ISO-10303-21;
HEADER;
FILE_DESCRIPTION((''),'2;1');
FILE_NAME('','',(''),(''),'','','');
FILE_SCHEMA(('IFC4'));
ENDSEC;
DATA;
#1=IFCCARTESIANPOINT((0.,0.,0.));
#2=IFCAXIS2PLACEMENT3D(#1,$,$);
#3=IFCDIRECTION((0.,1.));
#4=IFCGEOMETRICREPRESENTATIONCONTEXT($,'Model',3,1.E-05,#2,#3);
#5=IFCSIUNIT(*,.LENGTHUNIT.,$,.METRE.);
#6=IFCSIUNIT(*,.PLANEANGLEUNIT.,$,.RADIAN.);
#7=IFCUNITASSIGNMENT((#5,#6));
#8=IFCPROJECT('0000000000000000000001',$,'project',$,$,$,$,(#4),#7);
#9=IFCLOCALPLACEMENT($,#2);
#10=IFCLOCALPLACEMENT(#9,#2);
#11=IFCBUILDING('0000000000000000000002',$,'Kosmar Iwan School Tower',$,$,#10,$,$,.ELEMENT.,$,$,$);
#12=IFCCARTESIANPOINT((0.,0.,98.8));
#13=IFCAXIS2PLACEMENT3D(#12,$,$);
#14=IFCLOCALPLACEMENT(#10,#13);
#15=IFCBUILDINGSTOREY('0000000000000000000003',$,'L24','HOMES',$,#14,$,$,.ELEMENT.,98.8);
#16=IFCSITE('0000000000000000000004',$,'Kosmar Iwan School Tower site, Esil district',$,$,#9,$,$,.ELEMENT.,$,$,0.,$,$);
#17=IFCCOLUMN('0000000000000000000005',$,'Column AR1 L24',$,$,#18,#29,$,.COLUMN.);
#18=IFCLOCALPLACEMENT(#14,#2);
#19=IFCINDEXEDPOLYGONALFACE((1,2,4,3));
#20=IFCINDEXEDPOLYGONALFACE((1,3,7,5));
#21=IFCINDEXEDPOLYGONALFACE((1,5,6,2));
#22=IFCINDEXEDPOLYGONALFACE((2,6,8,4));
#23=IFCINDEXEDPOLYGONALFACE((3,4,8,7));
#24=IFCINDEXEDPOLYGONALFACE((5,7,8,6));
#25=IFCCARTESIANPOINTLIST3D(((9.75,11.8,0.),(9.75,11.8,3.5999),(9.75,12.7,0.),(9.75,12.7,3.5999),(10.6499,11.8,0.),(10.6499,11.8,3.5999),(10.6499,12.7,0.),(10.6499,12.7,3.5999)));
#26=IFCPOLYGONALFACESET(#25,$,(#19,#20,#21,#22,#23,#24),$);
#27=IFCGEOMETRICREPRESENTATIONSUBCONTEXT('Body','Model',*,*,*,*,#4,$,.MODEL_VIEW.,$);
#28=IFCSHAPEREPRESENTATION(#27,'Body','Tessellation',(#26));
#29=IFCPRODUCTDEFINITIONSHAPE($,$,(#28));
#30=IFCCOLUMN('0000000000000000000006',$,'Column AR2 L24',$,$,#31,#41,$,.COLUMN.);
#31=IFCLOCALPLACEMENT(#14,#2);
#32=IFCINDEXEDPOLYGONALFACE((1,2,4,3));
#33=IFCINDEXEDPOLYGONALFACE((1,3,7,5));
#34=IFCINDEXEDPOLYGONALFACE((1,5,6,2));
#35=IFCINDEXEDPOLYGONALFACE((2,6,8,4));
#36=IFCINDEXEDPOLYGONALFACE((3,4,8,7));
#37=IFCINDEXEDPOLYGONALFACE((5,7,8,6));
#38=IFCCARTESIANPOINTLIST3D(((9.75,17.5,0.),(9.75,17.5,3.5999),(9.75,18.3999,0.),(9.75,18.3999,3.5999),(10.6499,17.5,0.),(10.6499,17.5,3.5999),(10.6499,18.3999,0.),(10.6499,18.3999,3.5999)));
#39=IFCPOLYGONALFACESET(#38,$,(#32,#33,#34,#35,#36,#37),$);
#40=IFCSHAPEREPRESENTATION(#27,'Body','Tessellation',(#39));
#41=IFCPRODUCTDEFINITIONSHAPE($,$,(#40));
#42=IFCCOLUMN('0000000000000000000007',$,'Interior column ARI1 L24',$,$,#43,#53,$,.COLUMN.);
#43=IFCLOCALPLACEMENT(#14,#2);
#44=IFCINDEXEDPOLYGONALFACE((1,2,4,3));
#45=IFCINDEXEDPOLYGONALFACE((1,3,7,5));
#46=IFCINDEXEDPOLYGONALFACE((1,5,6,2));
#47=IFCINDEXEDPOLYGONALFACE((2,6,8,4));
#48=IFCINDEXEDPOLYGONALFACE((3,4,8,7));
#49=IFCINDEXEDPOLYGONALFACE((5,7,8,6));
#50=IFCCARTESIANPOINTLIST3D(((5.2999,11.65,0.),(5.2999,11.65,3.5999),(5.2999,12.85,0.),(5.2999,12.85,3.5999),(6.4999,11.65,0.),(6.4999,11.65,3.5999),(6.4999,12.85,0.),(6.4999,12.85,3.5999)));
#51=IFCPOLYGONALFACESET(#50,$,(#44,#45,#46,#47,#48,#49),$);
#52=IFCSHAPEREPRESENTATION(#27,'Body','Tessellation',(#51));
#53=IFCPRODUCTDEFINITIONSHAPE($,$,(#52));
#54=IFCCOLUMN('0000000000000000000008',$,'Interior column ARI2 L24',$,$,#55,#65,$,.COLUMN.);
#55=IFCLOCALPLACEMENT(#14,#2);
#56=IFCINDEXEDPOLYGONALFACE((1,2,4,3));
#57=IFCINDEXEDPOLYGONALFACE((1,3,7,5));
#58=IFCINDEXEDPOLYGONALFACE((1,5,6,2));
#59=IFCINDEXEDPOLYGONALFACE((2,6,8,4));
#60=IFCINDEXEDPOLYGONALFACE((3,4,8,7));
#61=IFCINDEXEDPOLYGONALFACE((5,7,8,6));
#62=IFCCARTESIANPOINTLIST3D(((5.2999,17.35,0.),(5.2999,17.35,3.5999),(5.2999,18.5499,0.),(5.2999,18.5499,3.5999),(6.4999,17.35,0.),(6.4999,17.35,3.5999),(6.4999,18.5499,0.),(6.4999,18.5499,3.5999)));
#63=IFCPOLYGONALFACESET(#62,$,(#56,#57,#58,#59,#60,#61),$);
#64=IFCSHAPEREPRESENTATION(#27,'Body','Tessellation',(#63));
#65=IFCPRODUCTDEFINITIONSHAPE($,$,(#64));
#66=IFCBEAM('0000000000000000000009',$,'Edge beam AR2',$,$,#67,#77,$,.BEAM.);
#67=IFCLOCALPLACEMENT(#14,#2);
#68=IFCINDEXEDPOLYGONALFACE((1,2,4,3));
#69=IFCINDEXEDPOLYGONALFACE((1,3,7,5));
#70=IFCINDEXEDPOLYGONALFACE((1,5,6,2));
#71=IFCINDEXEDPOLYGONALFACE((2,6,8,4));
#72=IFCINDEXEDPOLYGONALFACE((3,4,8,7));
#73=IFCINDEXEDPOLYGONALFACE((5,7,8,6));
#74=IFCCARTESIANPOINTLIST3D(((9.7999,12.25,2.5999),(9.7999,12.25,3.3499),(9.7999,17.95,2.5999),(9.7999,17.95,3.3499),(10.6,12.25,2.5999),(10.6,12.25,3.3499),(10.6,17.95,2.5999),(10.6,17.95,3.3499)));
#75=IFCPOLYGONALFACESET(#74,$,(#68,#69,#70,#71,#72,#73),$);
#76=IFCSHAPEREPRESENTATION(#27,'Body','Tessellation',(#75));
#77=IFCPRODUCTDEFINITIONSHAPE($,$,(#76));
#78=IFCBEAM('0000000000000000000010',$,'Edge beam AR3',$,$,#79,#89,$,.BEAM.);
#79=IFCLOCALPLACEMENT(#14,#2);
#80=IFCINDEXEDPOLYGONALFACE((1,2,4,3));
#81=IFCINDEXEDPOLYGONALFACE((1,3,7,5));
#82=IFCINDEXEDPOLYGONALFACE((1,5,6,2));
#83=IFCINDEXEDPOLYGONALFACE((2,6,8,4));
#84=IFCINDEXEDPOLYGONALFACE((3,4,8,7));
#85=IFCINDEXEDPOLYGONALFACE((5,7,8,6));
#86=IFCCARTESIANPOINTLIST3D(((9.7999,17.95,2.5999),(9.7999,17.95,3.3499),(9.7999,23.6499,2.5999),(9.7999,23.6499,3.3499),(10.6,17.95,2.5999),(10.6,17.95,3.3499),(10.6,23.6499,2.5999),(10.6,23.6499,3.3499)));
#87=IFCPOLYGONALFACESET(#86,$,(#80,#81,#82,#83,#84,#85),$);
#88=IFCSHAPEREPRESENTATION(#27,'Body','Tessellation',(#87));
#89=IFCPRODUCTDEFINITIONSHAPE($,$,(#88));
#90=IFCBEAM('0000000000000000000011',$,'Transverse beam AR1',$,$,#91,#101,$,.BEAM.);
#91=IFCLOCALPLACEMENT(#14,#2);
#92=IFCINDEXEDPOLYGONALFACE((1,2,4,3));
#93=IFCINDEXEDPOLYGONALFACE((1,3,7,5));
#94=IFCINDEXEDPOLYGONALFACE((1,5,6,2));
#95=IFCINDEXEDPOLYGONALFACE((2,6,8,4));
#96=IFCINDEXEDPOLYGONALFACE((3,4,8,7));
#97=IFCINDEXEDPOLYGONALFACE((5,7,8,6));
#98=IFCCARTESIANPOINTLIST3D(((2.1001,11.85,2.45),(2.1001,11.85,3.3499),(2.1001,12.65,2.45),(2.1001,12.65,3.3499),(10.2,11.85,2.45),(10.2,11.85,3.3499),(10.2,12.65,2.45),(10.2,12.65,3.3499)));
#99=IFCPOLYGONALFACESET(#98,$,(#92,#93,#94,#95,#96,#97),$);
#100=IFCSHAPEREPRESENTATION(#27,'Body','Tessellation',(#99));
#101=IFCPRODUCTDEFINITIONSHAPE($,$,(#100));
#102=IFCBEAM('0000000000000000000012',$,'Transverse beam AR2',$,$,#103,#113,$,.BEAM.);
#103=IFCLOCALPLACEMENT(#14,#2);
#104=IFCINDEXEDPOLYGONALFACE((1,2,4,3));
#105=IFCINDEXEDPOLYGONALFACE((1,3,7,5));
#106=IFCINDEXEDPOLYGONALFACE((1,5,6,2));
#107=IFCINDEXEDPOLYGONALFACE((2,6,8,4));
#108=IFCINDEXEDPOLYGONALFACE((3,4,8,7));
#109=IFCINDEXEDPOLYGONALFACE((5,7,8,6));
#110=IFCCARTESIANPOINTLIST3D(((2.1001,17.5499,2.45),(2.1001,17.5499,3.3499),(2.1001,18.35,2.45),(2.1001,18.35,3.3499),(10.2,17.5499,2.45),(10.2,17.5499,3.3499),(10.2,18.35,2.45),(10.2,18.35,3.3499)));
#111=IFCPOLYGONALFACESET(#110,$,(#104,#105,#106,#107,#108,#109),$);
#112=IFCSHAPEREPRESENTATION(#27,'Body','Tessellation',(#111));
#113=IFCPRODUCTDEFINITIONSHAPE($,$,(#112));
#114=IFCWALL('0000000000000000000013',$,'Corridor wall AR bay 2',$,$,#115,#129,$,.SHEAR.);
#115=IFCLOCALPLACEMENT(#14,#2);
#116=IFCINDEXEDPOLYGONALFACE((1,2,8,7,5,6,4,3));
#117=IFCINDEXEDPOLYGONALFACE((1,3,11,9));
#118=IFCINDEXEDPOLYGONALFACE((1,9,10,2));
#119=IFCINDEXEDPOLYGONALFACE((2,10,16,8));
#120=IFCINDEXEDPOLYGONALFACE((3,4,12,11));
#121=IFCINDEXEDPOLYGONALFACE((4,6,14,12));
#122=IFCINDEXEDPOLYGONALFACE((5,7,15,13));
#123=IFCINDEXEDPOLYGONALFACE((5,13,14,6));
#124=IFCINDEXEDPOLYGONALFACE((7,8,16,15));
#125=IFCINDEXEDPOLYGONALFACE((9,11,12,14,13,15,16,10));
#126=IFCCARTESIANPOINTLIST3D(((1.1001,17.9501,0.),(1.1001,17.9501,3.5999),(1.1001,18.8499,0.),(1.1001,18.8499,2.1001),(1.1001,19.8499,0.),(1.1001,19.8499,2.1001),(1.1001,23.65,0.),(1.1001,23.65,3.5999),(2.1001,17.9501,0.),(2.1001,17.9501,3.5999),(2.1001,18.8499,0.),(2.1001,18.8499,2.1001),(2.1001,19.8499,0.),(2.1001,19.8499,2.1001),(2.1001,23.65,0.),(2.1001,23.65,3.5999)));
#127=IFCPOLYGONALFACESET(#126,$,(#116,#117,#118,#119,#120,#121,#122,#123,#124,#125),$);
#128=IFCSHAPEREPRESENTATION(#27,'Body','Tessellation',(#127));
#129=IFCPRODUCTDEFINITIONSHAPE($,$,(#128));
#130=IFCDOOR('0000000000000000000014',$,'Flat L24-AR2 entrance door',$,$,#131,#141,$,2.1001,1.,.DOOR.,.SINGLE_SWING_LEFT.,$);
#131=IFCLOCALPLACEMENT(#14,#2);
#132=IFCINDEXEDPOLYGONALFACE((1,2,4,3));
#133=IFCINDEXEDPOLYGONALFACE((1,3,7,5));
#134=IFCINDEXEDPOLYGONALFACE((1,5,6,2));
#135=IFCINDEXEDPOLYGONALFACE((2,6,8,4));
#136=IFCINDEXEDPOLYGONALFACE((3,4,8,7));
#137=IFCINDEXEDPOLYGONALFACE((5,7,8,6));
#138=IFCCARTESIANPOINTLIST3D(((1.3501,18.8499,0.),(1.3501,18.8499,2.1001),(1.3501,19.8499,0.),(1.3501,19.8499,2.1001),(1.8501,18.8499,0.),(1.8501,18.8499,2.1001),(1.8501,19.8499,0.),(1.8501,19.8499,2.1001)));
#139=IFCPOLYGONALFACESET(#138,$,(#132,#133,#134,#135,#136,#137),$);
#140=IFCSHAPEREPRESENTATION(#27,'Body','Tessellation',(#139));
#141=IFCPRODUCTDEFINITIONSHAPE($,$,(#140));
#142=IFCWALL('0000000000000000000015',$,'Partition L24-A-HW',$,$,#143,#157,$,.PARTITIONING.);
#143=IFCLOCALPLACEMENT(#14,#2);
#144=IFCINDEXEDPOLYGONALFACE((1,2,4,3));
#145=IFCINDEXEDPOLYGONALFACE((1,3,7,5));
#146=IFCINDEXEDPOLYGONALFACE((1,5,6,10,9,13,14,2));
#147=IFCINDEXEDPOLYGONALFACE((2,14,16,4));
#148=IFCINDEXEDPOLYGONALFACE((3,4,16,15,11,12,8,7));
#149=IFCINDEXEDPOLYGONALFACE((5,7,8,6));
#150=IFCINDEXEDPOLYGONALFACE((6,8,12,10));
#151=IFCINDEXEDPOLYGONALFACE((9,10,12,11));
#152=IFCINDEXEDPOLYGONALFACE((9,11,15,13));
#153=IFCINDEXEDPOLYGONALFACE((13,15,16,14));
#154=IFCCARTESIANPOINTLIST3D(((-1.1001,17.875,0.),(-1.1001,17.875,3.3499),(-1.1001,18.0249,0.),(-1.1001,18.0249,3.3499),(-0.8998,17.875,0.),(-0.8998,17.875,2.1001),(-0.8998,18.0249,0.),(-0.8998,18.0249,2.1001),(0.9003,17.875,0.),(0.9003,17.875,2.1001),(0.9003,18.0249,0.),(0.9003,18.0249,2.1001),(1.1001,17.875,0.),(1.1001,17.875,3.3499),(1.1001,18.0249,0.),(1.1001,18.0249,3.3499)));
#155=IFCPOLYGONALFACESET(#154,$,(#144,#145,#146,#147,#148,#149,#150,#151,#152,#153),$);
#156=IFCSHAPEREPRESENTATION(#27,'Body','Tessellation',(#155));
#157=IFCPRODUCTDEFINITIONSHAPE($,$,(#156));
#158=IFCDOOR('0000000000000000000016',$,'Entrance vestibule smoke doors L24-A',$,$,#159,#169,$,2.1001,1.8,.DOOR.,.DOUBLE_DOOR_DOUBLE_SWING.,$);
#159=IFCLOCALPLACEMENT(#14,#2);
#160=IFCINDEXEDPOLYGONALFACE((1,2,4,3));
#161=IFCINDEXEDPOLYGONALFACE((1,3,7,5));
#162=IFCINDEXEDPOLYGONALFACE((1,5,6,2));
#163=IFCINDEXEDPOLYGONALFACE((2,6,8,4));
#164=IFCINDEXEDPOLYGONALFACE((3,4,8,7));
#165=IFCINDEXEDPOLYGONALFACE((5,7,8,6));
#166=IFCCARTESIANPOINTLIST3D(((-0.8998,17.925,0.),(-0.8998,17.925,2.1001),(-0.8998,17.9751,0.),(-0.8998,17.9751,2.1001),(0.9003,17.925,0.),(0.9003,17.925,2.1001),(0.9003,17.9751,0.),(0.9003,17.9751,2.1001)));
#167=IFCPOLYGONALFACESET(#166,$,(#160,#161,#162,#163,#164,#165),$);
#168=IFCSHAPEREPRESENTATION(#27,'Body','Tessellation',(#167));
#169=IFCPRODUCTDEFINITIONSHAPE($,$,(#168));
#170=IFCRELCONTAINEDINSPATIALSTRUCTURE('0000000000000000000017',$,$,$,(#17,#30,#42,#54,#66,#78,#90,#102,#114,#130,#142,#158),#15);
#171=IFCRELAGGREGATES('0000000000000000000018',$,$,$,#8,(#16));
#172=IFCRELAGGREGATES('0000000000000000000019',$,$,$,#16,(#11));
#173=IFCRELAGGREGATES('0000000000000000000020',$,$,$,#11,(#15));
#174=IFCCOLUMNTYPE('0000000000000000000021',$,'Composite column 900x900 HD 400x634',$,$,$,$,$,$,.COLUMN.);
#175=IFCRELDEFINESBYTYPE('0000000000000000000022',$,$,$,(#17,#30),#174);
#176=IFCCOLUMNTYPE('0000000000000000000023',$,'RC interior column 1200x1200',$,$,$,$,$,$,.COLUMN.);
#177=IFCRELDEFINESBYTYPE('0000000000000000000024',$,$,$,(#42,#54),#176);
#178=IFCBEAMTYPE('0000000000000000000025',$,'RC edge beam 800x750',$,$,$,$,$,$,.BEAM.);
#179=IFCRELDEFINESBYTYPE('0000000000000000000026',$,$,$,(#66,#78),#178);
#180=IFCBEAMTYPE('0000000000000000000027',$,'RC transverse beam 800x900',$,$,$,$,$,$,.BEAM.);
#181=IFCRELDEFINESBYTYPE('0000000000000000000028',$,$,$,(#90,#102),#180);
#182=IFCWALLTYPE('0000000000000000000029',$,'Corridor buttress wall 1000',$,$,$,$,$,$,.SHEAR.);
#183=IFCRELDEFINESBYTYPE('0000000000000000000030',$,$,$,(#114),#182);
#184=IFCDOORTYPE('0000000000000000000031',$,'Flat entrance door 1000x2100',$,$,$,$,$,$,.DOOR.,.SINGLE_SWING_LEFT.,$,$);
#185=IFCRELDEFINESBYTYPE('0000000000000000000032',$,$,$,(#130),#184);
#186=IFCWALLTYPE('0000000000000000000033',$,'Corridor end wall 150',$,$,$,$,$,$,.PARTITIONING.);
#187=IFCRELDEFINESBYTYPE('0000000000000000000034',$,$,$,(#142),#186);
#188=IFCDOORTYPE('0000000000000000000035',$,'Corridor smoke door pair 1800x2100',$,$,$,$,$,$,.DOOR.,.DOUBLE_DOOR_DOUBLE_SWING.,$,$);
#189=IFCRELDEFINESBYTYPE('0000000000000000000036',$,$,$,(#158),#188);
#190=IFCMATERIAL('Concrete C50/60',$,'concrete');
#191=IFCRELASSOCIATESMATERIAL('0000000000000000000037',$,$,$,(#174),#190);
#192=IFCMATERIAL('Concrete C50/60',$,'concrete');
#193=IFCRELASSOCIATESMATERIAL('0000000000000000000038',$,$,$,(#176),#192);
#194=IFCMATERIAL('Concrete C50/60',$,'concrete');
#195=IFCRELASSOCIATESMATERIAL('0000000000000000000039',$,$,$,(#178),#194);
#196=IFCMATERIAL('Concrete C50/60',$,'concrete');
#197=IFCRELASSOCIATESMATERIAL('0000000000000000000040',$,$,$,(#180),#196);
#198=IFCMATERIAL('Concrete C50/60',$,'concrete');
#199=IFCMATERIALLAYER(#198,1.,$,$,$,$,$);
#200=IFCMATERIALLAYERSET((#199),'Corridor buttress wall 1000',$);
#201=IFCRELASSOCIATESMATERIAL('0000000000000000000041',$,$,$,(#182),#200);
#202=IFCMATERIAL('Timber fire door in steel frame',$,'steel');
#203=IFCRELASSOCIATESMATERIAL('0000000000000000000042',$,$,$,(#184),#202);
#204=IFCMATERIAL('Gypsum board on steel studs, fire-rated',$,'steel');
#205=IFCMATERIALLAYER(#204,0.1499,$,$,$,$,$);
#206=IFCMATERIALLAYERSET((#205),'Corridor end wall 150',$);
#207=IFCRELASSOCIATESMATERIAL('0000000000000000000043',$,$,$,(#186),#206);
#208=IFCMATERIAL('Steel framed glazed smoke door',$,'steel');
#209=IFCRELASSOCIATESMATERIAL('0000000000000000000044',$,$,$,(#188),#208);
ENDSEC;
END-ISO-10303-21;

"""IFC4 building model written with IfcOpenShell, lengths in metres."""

from ifc_helpers import new_model, si_unit, direction, frame, frame_2d, origin, origin_2d, place, context, subcontext, project, spatial, rectangle, extrude, material, layer, layer_set, material_profile, profile_set, type_object, element, fill, save


model = new_model("IFC4")

# Units and contexts
model_context = context("Model", 3, precision=1e-05, world=origin(), true_north=direction((0.0, 1.0)))
body_context = subcontext(model_context, "Body", "Model", "MODEL_VIEW")
ifc_project = project(units=[si_unit("LENGTHUNIT", "METRE"), si_unit("PLANEANGLEUNIT", "RADIAN")], contexts=[model_context])

# Site, building, storey
site_placement = place(None, origin())
site = spatial("IfcSite", under=ifc_project, at=site_placement, Name="Kosmar Iwan School Tower site, Esil district", CompositionType="ELEMENT", RefElevation=0.0)
building_placement = place(site_placement, origin())
building = spatial("IfcBuilding", under=site, at=building_placement, Name="Kosmar Iwan School Tower", CompositionType="ELEMENT")
storey_placement = place(building_placement, frame((0.0, 0.0, 98.8)))
storey = spatial("IfcBuildingStorey", under=building, at=storey_placement, Name="L24", Description="HOMES", CompositionType="ELEMENT", Elevation=98.8)

# Columns
ifc_material_1 = material(Name="Concrete C50/60", Category="concrete")
ifc_material_profile_1 = material_profile(ifc_material_1, rectangle(XDim=0.8999, YDim=0.8999, at=origin_2d()), Name="RC 900x900 + HD 400x634")
ifc_profile_set_1 = profile_set([ifc_material_profile_1], Name="Concrete C50/60")
column_type_1 = type_object("IfcColumnType", Name="Composite column 900x900 HD 400x634", PredefinedType="COLUMN", material=ifc_profile_set_1)
for number, where, z_axis, x_axis, name in (
    (1, (10.2, 12.25, 0.0), (0.0, 0.0, 1.0), (0.0, 1.0, 0.0), "Column AR1 L24"),
    (2, (10.2, 17.95, 0.0), (0.0, 0.0, 1.0), (0.0, 1.0, 0.0), "Column AR2 L24"),
):
    element("IfcColumn", number, at=place(storey_placement, frame(where, z_axis=z_axis, x_axis=x_axis)), inside=storey, type_object=column_type_1, Name=name, PredefinedType="COLUMN", context=body_context, shape_type="SweptSolid", body=[
        extrude(rectangle(XDim=0.8999, YDim=0.8999, at=origin_2d()), origin(), (0.0, 0.0, 1.0), 3.5999),
    ])
ifc_material_2 = material(Name="Concrete C50/60", Category="concrete")
ifc_material_profile_2 = material_profile(ifc_material_2, rectangle(XDim=1.2, YDim=1.2, at=origin_2d()), Name="RC 1200x1200")
ifc_profile_set_2 = profile_set([ifc_material_profile_2], Name="Concrete C50/60")
column_type_2 = type_object("IfcColumnType", Name="RC interior column 1200x1200", PredefinedType="COLUMN", material=ifc_profile_set_2)
for number, where, z_axis, x_axis, name in (
    (3, (5.8999, 12.25, 0.0), (0.0, 0.0, 1.0), (0.0, 1.0, 0.0), "Interior column ARI1 L24"),
    (4, (5.8999, 17.95, 0.0), (0.0, 0.0, 1.0), (0.0, 1.0, 0.0), "Interior column ARI2 L24"),
):
    element("IfcColumn", number, at=place(storey_placement, frame(where, z_axis=z_axis, x_axis=x_axis)), inside=storey, type_object=column_type_2, Name=name, PredefinedType="COLUMN", context=body_context, shape_type="SweptSolid", body=[
        extrude(rectangle(XDim=1.2, YDim=1.2, at=origin_2d()), origin(), (0.0, 0.0, 1.0), 3.5999),
    ])

# Beams
ifc_material_3 = material(Name="Concrete C50/60", Category="concrete")
ifc_material_profile_3 = material_profile(ifc_material_3, rectangle(XDim=0.8, YDim=0.75, at=origin_2d()), Name="RC 800x750")
ifc_profile_set_3 = profile_set([ifc_material_profile_3], Name="Concrete C50/60")
beam_type_1 = type_object("IfcBeamType", Name="RC edge beam 800x750", PredefinedType="BEAM", material=ifc_profile_set_3)
for number, where, z_axis, x_axis, name in (
    (5, (10.2, 12.25, 2.9749), (0.0, 1.0, 0.0), (-1.0, 0.0, 0.0), "Edge beam AR2"),
    (6, (10.2, 17.95, 2.9749), (0.0, 1.0, 0.0), (-1.0, 0.0, 0.0), "Edge beam AR3"),
):
    element("IfcBeam", number, at=place(storey_placement, frame(where, z_axis=z_axis, x_axis=x_axis)), inside=storey, type_object=beam_type_1, Name=name, PredefinedType="BEAM", context=body_context, shape_type="SweptSolid", body=[
        extrude(rectangle(XDim=0.8, YDim=0.75, at=origin_2d()), origin(), (0.0, 0.0, 1.0), 5.7),
    ])
ifc_material_4 = material(Name="Concrete C50/60", Category="concrete")
ifc_material_profile_4 = material_profile(ifc_material_4, rectangle(XDim=0.8, YDim=0.8999, at=origin_2d()), Name="RC 800x900")
ifc_profile_set_4 = profile_set([ifc_material_profile_4], Name="Concrete C50/60")
beam_type_2 = type_object("IfcBeamType", Name="RC transverse beam 800x900", PredefinedType="BEAM", material=ifc_profile_set_4)
for number, where, z_axis, x_axis, name in (
    (7, (10.2, 12.25, 2.8999), (-1.0, 0.0, 0.0), (0.0, -1.0, 0.0), "Transverse beam AR1"),
    (8, (10.2, 17.95, 2.8999), (-1.0, 0.0, 0.0), (0.0, -1.0, 0.0), "Transverse beam AR2"),
):
    element("IfcBeam", number, at=place(storey_placement, frame(where, z_axis=z_axis, x_axis=x_axis)), inside=storey, type_object=beam_type_2, Name=name, PredefinedType="BEAM", context=body_context, shape_type="SweptSolid", body=[
        extrude(rectangle(XDim=0.8, YDim=0.8999, at=origin_2d()), origin(), (0.0, 0.0, 1.0), 8.0999),
    ])

# Walls, openings, doors
ifc_material_5 = material(Name="Concrete C50/60", Category="concrete")
ifc_layer_1 = layer(ifc_material_5, 1.0)
ifc_layer_set_1 = layer_set([ifc_layer_1], Name="Corridor buttress wall 1000")
wall_type_1 = type_object("IfcWallType", Name="Corridor buttress wall 1000", PredefinedType="SHEAR", material=ifc_layer_set_1)
wall_1_placement = place(storey_placement, frame((1.6001, 17.95, 0.0), z_axis=(0.0, 0.0, 1.0), x_axis=(0.0, 1.0, 0.0)))
wall_1 = element("IfcWall", 9, at=wall_1_placement, inside=storey, type_object=wall_type_1, Name="Corridor wall AR bay 2", PredefinedType="SHEAR", context=body_context, shape_type="SweptSolid", body=[
    extrude(rectangle(XDim=5.7, YDim=1.0, at=frame_2d((2.8501, 0.0))), origin(), (0.0, 0.0, 1.0), 3.5999),
])
opening_1_placement = place(wall_1_placement, frame((0.8999, 0.0, 0.0)))
opening_1 = element("IfcOpeningElement", 10, at=opening_1_placement, cuts=wall_1, PredefinedType="OPENING", context=body_context, shape_type="SweptSolid", body=[
    extrude(rectangle(XDim=1.0, YDim=2.1001, at=frame_2d((0.5, 1.05))), frame((0.0, 0.512, 0.0), z_axis=(0.0, -1.0, 0.0), x_axis=(1.0, 0.0, 0.0)), (0.0, 0.0, 1.0), 1.0239),
])
ifc_material_6 = material(Name="Timber fire door in steel frame", Category="steel")
door_type_1 = type_object("IfcDoorType", Name="Flat entrance door 1000x2100", OperationType="SINGLE_SWING_LEFT", PredefinedType="DOOR", material=ifc_material_6)
door_1_placement = place(opening_1_placement, origin())
door_1 = element("IfcDoor", 11, at=door_1_placement, inside=storey, type_object=door_type_1, Name="Flat L24-AR2 entrance door", OperationType="SINGLE_SWING_LEFT", OverallHeight=2.1001, OverallWidth=1.0, PredefinedType="DOOR", context=body_context, shape_type="SweptSolid", body=[
    extrude(rectangle(XDim=1.0, YDim=2.1001, at=frame_2d((0.5, 1.05))), frame((0.0, 0.25, 0.0), z_axis=(0.0, -1.0, 0.0), x_axis=(1.0, 0.0, 0.0)), (0.0, 0.0, 1.0), 0.5),
])
fill(opening_1, door_1)
ifc_material_7 = material(Name="Gypsum board on steel studs, fire-rated", Category="steel")
ifc_layer_2 = layer(ifc_material_7, 0.1499)
ifc_layer_set_2 = layer_set([ifc_layer_2], Name="Corridor end wall 150")
wall_type_2 = type_object("IfcWallType", Name="Corridor end wall 150", PredefinedType="PARTITIONING", material=ifc_layer_set_2)
wall_2_placement = place(storey_placement, frame((1.1001, 17.95, 0.0), z_axis=(0.0, 0.0, 1.0), x_axis=(-1.0, 0.0, 0.0)))
wall_2 = element("IfcWall", 12, at=wall_2_placement, inside=storey, type_object=wall_type_2, Name="Partition L24-A-HW", PredefinedType="PARTITIONING", context=body_context, shape_type="SweptSolid", body=[
    extrude(rectangle(XDim=2.2002, YDim=0.1499, at=frame_2d((1.1001, 0.0))), origin(), (0.0, 0.0, 1.0), 3.3499),
])
opening_2_placement = place(wall_2_placement, frame((0.2, 0.0, 0.0)))
opening_2 = element("IfcOpeningElement", 13, at=opening_2_placement, cuts=wall_2, PredefinedType="OPENING", context=body_context, shape_type="SweptSolid", body=[
    extrude(rectangle(XDim=1.8, YDim=2.1001, at=frame_2d((0.8999, 1.05))), frame((0.0, 0.0869, 0.0), z_axis=(0.0, -1.0, 0.0), x_axis=(1.0, 0.0, 0.0)), (0.0, 0.0, 1.0), 0.1738),
])
ifc_material_8 = material(Name="Steel framed glazed smoke door", Category="steel")
door_type_2 = type_object("IfcDoorType", Name="Corridor smoke door pair 1800x2100", OperationType="DOUBLE_DOOR_DOUBLE_SWING", PredefinedType="DOOR", material=ifc_material_8)
door_2_placement = place(opening_2_placement, origin())
door_2 = element("IfcDoor", 14, at=door_2_placement, inside=storey, type_object=door_type_2, Name="Entrance vestibule smoke doors L24-A", OperationType="DOUBLE_DOOR_DOUBLE_SWING", OverallHeight=2.1001, OverallWidth=1.8, PredefinedType="DOOR", context=body_context, shape_type="SweptSolid", body=[
    extrude(rectangle(XDim=1.8, YDim=2.1001, at=frame_2d((0.8999, 1.05))), frame((0.0, 0.0249, 0.0), z_axis=(0.0, -1.0, 0.0), x_axis=(1.0, 0.0, 0.0)), (0.0, 0.0, 1.0), 0.05),
])
fill(opening_2, door_2)

save(model, "model.ifc")
